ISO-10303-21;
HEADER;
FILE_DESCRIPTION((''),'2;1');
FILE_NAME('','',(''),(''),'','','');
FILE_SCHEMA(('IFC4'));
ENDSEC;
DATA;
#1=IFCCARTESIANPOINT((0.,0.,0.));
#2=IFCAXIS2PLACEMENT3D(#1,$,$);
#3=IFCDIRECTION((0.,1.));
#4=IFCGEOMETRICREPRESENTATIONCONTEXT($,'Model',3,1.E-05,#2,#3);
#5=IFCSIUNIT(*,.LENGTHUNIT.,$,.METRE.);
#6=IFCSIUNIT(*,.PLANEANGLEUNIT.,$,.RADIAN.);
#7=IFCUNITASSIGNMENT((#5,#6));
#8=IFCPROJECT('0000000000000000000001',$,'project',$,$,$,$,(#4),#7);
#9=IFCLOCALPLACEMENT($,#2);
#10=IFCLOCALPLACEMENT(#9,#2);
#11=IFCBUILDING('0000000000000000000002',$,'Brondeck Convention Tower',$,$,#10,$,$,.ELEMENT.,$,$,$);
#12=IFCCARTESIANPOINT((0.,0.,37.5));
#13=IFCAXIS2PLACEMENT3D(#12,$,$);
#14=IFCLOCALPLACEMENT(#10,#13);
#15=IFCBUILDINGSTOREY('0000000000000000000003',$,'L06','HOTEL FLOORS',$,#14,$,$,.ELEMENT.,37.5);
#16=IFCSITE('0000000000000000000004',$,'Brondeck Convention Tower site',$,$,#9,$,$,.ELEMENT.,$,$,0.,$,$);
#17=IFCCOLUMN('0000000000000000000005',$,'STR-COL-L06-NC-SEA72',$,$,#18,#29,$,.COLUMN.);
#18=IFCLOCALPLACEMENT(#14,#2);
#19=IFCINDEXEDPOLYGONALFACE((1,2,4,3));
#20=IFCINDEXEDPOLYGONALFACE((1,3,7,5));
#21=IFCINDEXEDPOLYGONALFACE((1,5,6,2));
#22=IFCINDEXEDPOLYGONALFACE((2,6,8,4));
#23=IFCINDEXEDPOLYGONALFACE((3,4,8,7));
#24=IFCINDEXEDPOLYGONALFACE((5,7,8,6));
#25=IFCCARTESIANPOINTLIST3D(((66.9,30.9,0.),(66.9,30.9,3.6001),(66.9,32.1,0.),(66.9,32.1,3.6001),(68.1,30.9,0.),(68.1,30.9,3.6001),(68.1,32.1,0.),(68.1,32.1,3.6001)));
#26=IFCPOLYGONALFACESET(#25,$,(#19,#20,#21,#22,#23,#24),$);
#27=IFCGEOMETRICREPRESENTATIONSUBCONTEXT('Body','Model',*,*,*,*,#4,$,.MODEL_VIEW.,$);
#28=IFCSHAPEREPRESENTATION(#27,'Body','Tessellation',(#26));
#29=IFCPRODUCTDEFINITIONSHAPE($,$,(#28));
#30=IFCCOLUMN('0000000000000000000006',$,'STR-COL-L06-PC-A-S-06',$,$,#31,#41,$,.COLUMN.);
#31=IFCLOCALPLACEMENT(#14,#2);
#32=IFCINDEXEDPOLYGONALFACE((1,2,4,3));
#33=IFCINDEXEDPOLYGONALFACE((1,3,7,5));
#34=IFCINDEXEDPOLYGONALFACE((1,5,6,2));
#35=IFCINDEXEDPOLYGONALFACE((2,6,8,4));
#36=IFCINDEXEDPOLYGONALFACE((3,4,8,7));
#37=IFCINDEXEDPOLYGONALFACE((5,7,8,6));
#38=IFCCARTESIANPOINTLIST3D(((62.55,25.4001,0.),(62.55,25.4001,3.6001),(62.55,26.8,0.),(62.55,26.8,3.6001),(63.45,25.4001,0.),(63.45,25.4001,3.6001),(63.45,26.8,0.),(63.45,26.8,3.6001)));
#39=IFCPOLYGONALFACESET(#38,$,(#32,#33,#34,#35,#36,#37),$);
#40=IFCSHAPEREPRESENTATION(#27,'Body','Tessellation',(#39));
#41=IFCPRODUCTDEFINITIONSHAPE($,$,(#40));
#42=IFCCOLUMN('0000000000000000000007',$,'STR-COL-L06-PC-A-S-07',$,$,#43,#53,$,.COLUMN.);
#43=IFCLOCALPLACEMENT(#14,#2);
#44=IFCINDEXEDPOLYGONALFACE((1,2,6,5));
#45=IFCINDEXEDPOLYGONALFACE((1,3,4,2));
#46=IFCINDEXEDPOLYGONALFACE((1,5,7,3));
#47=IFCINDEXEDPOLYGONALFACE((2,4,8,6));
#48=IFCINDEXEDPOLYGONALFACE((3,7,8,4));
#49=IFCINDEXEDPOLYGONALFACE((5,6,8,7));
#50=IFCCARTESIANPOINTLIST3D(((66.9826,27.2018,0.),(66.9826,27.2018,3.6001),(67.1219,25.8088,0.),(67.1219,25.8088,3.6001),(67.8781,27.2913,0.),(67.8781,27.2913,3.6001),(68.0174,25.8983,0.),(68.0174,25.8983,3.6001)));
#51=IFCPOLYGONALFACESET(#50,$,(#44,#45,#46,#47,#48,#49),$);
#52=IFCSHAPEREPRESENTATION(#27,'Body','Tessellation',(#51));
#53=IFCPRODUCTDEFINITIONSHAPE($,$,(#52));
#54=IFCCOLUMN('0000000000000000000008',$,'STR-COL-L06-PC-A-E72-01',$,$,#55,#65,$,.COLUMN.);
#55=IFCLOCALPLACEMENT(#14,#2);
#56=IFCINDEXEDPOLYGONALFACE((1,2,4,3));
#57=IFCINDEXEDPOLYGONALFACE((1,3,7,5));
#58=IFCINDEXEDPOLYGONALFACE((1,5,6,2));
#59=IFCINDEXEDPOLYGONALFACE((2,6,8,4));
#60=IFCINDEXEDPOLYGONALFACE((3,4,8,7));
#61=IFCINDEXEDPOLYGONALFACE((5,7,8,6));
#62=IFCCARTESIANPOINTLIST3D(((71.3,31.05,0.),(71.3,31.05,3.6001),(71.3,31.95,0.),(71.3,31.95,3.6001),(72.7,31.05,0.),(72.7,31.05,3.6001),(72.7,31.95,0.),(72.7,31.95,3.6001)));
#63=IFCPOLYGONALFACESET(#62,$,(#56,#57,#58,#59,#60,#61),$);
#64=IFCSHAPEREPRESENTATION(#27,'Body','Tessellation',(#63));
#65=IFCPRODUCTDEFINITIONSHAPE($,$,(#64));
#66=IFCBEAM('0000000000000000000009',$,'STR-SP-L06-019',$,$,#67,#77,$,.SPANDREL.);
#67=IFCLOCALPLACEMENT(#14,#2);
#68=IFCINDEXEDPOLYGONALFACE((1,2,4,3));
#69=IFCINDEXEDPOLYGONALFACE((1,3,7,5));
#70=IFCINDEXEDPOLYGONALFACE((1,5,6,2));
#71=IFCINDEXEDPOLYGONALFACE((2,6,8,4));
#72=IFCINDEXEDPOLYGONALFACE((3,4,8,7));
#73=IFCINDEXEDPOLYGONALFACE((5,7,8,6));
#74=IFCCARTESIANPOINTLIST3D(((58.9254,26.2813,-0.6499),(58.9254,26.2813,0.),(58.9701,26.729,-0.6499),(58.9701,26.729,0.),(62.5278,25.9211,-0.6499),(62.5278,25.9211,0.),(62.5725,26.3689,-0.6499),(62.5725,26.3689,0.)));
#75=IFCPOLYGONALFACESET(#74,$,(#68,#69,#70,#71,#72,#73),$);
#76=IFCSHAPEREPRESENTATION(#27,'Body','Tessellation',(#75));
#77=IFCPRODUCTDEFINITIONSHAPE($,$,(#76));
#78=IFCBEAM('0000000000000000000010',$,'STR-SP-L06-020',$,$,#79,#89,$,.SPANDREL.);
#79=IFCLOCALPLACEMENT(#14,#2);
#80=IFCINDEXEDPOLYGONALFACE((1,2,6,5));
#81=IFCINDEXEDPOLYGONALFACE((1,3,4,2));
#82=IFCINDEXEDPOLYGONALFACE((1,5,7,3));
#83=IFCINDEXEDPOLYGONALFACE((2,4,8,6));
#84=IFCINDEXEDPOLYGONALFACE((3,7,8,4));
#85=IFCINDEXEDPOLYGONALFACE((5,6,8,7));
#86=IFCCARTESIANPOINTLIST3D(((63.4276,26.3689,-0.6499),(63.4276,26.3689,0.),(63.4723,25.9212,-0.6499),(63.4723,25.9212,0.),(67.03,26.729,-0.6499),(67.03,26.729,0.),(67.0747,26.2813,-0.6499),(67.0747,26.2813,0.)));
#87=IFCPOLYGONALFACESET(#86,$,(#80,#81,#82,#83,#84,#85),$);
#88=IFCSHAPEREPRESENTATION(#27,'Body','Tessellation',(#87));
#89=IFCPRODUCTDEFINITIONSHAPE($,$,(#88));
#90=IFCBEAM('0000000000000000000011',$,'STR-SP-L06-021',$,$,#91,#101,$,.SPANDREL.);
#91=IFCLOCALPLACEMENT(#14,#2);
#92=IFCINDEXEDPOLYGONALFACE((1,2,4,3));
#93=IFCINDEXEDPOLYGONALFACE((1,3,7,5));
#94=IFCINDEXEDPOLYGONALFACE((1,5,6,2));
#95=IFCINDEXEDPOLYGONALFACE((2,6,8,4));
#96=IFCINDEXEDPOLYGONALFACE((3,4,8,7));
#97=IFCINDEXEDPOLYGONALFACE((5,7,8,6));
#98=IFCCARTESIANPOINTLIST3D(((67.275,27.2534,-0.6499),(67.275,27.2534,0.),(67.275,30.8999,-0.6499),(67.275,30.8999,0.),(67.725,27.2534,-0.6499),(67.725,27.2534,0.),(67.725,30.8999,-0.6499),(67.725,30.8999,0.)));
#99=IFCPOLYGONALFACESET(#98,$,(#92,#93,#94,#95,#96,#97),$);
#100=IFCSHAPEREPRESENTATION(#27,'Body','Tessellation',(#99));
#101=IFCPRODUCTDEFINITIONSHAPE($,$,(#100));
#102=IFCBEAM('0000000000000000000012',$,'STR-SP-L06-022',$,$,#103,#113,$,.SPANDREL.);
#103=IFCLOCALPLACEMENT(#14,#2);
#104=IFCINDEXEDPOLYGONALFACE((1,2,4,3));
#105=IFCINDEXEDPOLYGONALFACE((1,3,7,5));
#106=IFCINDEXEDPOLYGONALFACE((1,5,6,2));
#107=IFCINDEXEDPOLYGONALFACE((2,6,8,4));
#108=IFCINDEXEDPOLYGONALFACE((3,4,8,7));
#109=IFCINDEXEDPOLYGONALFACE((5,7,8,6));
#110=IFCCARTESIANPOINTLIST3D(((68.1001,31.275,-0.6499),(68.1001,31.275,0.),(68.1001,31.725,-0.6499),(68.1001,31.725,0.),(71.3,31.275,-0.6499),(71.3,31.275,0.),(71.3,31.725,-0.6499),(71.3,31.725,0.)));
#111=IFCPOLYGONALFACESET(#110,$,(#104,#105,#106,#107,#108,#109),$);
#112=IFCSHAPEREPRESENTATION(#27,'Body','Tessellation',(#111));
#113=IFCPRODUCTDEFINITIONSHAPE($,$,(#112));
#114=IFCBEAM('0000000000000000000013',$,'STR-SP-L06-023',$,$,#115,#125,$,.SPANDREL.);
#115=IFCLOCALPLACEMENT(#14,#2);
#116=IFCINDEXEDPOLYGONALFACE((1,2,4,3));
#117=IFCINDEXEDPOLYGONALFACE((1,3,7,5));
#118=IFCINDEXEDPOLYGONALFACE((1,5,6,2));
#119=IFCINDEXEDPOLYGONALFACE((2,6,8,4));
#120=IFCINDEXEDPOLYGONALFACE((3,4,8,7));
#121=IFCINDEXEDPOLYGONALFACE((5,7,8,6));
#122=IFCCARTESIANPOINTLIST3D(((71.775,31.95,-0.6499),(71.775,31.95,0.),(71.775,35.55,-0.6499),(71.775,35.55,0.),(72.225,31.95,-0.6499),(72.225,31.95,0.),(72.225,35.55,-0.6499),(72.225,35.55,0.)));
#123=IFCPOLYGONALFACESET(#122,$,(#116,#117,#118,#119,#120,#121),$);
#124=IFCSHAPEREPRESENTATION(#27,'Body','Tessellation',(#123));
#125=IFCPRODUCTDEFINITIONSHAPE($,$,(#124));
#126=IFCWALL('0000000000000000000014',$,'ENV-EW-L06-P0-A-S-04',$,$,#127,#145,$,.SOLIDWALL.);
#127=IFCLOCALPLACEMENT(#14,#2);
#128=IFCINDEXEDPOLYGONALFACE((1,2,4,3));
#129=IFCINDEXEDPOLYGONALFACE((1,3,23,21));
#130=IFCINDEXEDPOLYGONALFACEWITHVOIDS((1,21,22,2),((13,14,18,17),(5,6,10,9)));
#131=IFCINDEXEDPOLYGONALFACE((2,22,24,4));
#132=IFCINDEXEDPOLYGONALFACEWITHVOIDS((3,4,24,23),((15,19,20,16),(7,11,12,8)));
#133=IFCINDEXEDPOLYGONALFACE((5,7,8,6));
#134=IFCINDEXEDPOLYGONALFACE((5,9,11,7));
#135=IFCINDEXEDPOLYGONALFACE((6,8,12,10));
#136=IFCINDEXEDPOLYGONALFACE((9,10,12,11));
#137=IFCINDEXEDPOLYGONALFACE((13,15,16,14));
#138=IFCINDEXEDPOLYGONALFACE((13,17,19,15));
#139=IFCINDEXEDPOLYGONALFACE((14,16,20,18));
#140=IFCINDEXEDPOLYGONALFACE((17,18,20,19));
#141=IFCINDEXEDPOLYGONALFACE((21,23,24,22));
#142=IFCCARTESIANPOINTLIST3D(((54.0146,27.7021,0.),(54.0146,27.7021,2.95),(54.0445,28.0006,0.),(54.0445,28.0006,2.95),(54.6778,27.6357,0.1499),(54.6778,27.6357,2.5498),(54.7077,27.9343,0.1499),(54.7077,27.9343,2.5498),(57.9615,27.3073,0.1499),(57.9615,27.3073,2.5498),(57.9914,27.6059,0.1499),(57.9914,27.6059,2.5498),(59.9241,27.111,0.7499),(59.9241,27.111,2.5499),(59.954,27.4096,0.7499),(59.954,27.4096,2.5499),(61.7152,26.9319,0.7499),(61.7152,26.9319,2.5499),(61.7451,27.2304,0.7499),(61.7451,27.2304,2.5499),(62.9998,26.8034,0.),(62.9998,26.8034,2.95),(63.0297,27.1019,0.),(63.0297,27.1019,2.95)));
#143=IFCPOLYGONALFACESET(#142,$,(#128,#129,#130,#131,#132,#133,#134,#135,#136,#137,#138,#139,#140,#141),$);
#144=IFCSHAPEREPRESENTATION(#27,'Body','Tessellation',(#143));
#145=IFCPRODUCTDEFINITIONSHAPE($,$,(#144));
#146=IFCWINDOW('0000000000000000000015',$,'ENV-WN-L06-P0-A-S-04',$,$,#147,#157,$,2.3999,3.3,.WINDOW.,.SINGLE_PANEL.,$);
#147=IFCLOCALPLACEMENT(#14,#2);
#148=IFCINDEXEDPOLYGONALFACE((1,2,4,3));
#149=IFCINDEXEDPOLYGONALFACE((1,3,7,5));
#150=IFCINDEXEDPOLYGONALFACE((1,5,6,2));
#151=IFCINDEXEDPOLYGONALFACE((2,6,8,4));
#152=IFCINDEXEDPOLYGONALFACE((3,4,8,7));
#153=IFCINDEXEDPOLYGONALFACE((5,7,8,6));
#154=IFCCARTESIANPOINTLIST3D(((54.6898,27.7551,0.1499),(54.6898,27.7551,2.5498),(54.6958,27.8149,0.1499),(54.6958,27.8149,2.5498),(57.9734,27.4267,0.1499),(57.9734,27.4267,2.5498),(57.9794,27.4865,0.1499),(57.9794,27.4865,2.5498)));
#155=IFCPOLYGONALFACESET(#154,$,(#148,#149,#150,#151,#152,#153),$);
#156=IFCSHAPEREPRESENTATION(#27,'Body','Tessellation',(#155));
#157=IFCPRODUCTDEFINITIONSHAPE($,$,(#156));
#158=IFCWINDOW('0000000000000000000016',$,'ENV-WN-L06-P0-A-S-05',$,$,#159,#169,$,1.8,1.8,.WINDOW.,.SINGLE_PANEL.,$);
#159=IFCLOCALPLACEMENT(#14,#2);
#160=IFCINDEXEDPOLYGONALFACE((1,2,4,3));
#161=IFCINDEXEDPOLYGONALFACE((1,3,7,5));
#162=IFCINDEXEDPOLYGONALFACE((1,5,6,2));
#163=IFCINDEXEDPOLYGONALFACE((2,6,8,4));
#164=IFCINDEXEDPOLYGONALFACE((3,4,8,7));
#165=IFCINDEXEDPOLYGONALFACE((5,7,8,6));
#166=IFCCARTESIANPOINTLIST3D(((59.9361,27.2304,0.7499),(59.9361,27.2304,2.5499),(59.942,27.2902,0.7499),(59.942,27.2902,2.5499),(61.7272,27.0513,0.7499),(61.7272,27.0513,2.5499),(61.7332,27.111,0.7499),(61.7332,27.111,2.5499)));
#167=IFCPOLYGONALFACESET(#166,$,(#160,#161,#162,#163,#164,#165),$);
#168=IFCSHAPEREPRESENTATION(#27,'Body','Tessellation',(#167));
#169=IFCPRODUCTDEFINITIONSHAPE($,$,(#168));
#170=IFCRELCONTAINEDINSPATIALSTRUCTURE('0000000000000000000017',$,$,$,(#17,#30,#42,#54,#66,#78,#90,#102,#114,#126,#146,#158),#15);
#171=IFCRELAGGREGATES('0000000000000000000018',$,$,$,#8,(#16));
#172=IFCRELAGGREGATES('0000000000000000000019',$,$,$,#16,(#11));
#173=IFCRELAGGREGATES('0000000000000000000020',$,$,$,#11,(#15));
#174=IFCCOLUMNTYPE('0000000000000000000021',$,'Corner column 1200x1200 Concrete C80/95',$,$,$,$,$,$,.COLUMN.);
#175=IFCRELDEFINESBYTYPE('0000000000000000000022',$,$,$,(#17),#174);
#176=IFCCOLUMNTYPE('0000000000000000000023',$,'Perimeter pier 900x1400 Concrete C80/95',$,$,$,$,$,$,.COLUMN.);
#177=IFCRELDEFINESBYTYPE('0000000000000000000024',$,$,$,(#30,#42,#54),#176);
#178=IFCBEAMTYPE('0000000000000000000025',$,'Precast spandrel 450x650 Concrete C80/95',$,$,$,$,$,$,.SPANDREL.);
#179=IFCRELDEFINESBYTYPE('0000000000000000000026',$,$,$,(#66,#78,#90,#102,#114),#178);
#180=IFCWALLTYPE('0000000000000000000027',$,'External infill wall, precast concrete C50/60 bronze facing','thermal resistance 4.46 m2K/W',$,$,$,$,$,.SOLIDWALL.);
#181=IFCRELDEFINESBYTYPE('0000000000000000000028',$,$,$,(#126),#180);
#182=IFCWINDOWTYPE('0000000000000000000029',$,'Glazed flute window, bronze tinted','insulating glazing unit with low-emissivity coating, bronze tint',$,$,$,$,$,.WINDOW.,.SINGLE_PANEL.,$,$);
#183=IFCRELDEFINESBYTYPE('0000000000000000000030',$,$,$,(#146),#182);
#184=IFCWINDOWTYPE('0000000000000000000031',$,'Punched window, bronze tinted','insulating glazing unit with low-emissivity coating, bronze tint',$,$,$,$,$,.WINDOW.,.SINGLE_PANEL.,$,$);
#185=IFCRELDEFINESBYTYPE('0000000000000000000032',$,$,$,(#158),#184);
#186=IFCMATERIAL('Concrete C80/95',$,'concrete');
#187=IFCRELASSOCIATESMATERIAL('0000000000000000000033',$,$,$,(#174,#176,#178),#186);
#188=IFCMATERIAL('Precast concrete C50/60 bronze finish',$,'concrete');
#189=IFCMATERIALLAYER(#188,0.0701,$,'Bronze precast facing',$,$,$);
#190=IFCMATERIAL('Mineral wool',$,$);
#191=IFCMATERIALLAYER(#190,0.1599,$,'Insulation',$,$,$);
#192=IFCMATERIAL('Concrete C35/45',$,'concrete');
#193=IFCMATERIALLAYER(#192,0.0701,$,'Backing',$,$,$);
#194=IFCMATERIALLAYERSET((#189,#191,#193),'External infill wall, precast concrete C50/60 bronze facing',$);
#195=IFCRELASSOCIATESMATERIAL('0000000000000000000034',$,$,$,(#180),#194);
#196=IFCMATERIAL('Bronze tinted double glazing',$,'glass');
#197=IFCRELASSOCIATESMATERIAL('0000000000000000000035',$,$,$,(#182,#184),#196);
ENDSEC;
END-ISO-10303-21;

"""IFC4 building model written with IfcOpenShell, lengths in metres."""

from ifc_helpers import new_model, si_unit, direction, frame, frame_2d, origin, origin_2d, place, context, subcontext, project, spatial, rectangle, extrude, material, layer, layer_set, material_profile, profile_set, type_object, element, fill, save


model = new_model("IFC4")

# Units and contexts
model_context = context("Model", 3, precision=1e-05, world=origin(), true_north=direction((0.0, 1.0)))
body_context = subcontext(model_context, "Body", "Model", "MODEL_VIEW")
ifc_project = project(units=[si_unit("LENGTHUNIT", "METRE"), si_unit("PLANEANGLEUNIT", "RADIAN")], contexts=[model_context])

# Site, building, storey
site_placement = place(None, origin())
site = spatial("IfcSite", under=ifc_project, at=site_placement, Name="Brondeck Convention Tower site", CompositionType="ELEMENT", RefElevation=0.0)
building_placement = place(site_placement, origin())
building = spatial("IfcBuilding", under=site, at=building_placement, Name="Brondeck Convention Tower", CompositionType="ELEMENT")
storey_placement = place(building_placement, frame((0.0, 0.0, 37.5)))
storey = spatial("IfcBuildingStorey", under=building, at=storey_placement, Name="L06", Description="HOTEL FLOORS", CompositionType="ELEMENT", Elevation=37.5)

# Columns
ifc_material_1 = material(Name="Concrete C80/95", Category="concrete")
ifc_material_profile_1 = material_profile(ifc_material_1, rectangle(XDim=1.2, YDim=1.2, at=origin_2d()), Name="Corner column 1200x1200 Concrete C80/95")
ifc_profile_set_1 = profile_set([ifc_material_profile_1], Name="Concrete C80/95")
column_type_1 = type_object("IfcColumnType", Name="Corner column 1200x1200 Concrete C80/95", PredefinedType="COLUMN", material=ifc_profile_set_1)
column_placement = place(storey_placement, frame((67.5, 31.5, 0.0), z_axis=(0.0, 0.0, 1.0), x_axis=(1.0, 0.0, 0.0)))
element("IfcColumn", 1, at=column_placement, inside=storey, type_object=column_type_1, Name="STR-COL-L06-NC-SEA72", PredefinedType="COLUMN", context=body_context, shape_type="SweptSolid", body=[
    extrude(rectangle(XDim=1.2, YDim=1.2, at=origin_2d()), origin(), (0.0, 0.0, 1.0), 3.6001),
])
ifc_material_profile_2 = material_profile(ifc_material_1, rectangle(XDim=0.8999, YDim=1.3999, at=origin_2d()), Name="Perimeter pier 900x1400 Concrete C80/95")
ifc_profile_set_2 = profile_set([ifc_material_profile_2], Name="Concrete C80/95")
column_type_2 = type_object("IfcColumnType", Name="Perimeter pier 900x1400 Concrete C80/95", PredefinedType="COLUMN", material=ifc_profile_set_2)
for number, where, z_axis, x_axis, name in (
    (2, (63.0, 26.1001, 0.0), (0.0, 0.0, 1.0), (1.0, 0.0, 0.0), "STR-COL-L06-PC-A-S-06"),
    (3, (67.5, 26.55, 0.0), (0.0, 0.0, 1.0), (0.995037, 0.099504, 0.0), "STR-COL-L06-PC-A-S-07"),
    (4, (72.0, 31.5, 0.0), (0.0, 0.0, 1.0), (0.0, 1.0, 0.0), "STR-COL-L06-PC-A-E72-01"),
):
    element("IfcColumn", number, at=place(storey_placement, frame(where, z_axis=z_axis, x_axis=x_axis)), inside=storey, type_object=column_type_2, Name=name, PredefinedType="COLUMN", context=body_context, shape_type="SweptSolid", body=[
        extrude(rectangle(XDim=0.8999, YDim=1.3999, at=origin_2d()), origin(), (0.0, 0.0, 1.0), 3.6001),
    ])

# Beams
ifc_material_profile_3 = material_profile(ifc_material_1, rectangle(XDim=0.45, YDim=0.6499, at=origin_2d()), Name="Precast spandrel 450x650 Concrete C80/95")
ifc_profile_set_3 = profile_set([ifc_material_profile_3], Name="Concrete C80/95")
beam_type = type_object("IfcBeamType", Name="Precast spandrel 450x650 Concrete C80/95", PredefinedType="SPANDREL", material=ifc_profile_set_3)
for number, where, z_axis, x_axis, name in (
    (5, (58.9478, 26.5051, -0.325), (0.995041, -0.09947, 0.0), (0.09947, 0.995041, 0.0), "STR-SP-L06-019"),
    (6, (63.45, 26.145, -0.325), (0.995041, 0.09947, 0.0), (-0.09947, 0.995041, 0.0), "STR-SP-L06-020"),
):
    element("IfcBeam", number, at=place(storey_placement, frame(where, z_axis=z_axis, x_axis=x_axis)), inside=storey, type_object=beam_type, Name=name, PredefinedType="SPANDREL", context=body_context, shape_type="SweptSolid", body=[
        extrude(rectangle(XDim=0.45, YDim=0.6499, at=origin_2d()), origin(), (0.0, 0.0, 1.0), 3.6204),
    ])
beam_1_placement = place(storey_placement, frame((67.5, 27.2534, -0.325), z_axis=(0.0, 1.0, 0.0), x_axis=(-1.0, 0.0, 0.0)))
element("IfcBeam", 7, at=beam_1_placement, inside=storey, type_object=beam_type, Name="STR-SP-L06-021", PredefinedType="SPANDREL", context=body_context, shape_type="SweptSolid", body=[
    extrude(rectangle(XDim=0.45, YDim=0.6499, at=origin_2d()), origin(), (0.0, 0.0, 1.0), 3.6465),
])
beam_2_placement = place(storey_placement, frame((68.1001, 31.5, -0.325), z_axis=(1.0, 0.0, 0.0), x_axis=(0.0, 1.0, 0.0)))
element("IfcBeam", 8, at=beam_2_placement, inside=storey, type_object=beam_type, Name="STR-SP-L06-022", PredefinedType="SPANDREL", context=body_context, shape_type="SweptSolid", body=[
    extrude(rectangle(XDim=0.45, YDim=0.6499, at=origin_2d()), origin(), (0.0, 0.0, 1.0), 3.2),
])
beam_3_placement = place(storey_placement, frame((72.0, 31.95, -0.325), z_axis=(0.0, 1.0, 0.0), x_axis=(-1.0, 0.0, 0.0)))
element("IfcBeam", 9, at=beam_3_placement, inside=storey, type_object=beam_type, Name="STR-SP-L06-023", PredefinedType="SPANDREL", context=body_context, shape_type="SweptSolid", body=[
    extrude(rectangle(XDim=0.45, YDim=0.6499, at=origin_2d()), origin(), (0.0, 0.0, 1.0), 3.6001),
])

# Wall, openings, windows
ifc_material_2 = material(Name="Precast concrete C50/60 bronze finish", Category="concrete")
ifc_layer_1 = layer(ifc_material_2, 0.0701, Name="Bronze precast facing")
ifc_material_3 = material(Name="Mineral wool")
ifc_layer_2 = layer(ifc_material_3, 0.1599, Name="Insulation")
ifc_material_4 = material(Name="Concrete C35/45", Category="concrete")
ifc_layer_3 = layer(ifc_material_4, 0.0701, Name="Backing")
ifc_layer_set_1 = layer_set([ifc_layer_1, ifc_layer_2, ifc_layer_3], Name="External infill wall, precast concrete C50/60 bronze facing")
wall_type_1 = type_object("IfcWallType", Name="External infill wall, precast concrete C50/60 bronze facing", Description="thermal resistance 4.46 m2K/W", PredefinedType="SOLIDWALL", material=ifc_layer_set_1)
wall_1_placement = place(storey_placement, frame((63.0149, 26.9526, 0.0), z_axis=(0.0, 0.0, 1.0), x_axis=(-0.995035, 0.099522, 0.0)))
wall_1 = element("IfcWall", 10, at=wall_1_placement, inside=storey, type_object=wall_type_1, Name="ENV-EW-L06-P0-A-S-04", PredefinedType="SOLIDWALL", context=body_context, shape_type="SweptSolid", body=[
    extrude(rectangle(XDim=9.03, YDim=0.3, at=frame_2d((4.5151, 0.0))), origin(), (0.0, 0.0, 1.0), 2.95),
])
opening_1_placement = place(wall_1_placement, frame((1.2913, 0.0, 0.75)))
opening_1 = element("IfcOpeningElement", 11, at=opening_1_placement, cuts=wall_1, PredefinedType="OPENING", context=body_context, shape_type="SweptSolid", body=[
    extrude(rectangle(XDim=1.8, YDim=1.8, at=frame_2d((0.8999, 0.8999))), frame((0.0, 0.1599, 0.0), z_axis=(0.0, -1.0, 0.0), x_axis=(1.0, 0.0, 0.0)), (0.0, 0.0, 1.0), 0.3201),
])
opening_2_placement = place(wall_1_placement, frame((5.0637, 0.0, 0.1499)))
opening_2 = element("IfcOpeningElement", 12, at=opening_2_placement, cuts=wall_1, PredefinedType="OPENING", context=body_context, shape_type="SweptSolid", body=[
    extrude(rectangle(XDim=3.3, YDim=2.3999, at=frame_2d((1.6499, 1.2))), frame((0.0, 0.1599, 0.0), z_axis=(0.0, -1.0, 0.0), x_axis=(1.0, 0.0, 0.0)), (0.0, 0.0, 1.0), 0.3201),
])
ifc_material_5 = material(Name="Bronze tinted double glazing", Category="glass")
window_type_1 = type_object("IfcWindowType", Name="Glazed flute window, bronze tinted", Description="insulating glazing unit with low-emissivity coating, bronze tint", PartitioningType="SINGLE_PANEL", PredefinedType="WINDOW", material=ifc_material_5)
window_1_placement = place(opening_2_placement, origin())
window_1 = element("IfcWindow", 13, at=window_1_placement, inside=storey, type_object=window_type_1, Name="ENV-WN-L06-P0-A-S-04", OverallHeight=2.3999, OverallWidth=3.3, PartitioningType="SINGLE_PANEL", PredefinedType="WINDOW", context=body_context, shape_type="SweptSolid", body=[
    extrude(rectangle(XDim=3.3, YDim=2.3999, at=frame_2d((1.6499, 1.2))), frame((0.0, 0.03, 0.0), z_axis=(0.0, -1.0, 0.0), x_axis=(1.0, 0.0, 0.0)), (0.0, 0.0, 1.0), 0.0601),
])
fill(opening_2, window_1)
window_type_2 = type_object("IfcWindowType", Name="Punched window, bronze tinted", Description="insulating glazing unit with low-emissivity coating, bronze tint", PartitioningType="SINGLE_PANEL", PredefinedType="WINDOW", material=ifc_material_5)
window_2_placement = place(opening_1_placement, origin())
window_2 = element("IfcWindow", 14, at=window_2_placement, inside=storey, type_object=window_type_2, Name="ENV-WN-L06-P0-A-S-05", OverallHeight=1.8, OverallWidth=1.8, PartitioningType="SINGLE_PANEL", PredefinedType="WINDOW", context=body_context, shape_type="SweptSolid", body=[
    extrude(rectangle(XDim=1.8, YDim=1.8, at=frame_2d((0.8999, 0.8999))), frame((0.0, 0.03, 0.0), z_axis=(0.0, -1.0, 0.0), x_axis=(1.0, 0.0, 0.0)), (0.0, 0.0, 1.0), 0.0601),
])
fill(opening_1, window_2)

save(model, "model.ifc")
